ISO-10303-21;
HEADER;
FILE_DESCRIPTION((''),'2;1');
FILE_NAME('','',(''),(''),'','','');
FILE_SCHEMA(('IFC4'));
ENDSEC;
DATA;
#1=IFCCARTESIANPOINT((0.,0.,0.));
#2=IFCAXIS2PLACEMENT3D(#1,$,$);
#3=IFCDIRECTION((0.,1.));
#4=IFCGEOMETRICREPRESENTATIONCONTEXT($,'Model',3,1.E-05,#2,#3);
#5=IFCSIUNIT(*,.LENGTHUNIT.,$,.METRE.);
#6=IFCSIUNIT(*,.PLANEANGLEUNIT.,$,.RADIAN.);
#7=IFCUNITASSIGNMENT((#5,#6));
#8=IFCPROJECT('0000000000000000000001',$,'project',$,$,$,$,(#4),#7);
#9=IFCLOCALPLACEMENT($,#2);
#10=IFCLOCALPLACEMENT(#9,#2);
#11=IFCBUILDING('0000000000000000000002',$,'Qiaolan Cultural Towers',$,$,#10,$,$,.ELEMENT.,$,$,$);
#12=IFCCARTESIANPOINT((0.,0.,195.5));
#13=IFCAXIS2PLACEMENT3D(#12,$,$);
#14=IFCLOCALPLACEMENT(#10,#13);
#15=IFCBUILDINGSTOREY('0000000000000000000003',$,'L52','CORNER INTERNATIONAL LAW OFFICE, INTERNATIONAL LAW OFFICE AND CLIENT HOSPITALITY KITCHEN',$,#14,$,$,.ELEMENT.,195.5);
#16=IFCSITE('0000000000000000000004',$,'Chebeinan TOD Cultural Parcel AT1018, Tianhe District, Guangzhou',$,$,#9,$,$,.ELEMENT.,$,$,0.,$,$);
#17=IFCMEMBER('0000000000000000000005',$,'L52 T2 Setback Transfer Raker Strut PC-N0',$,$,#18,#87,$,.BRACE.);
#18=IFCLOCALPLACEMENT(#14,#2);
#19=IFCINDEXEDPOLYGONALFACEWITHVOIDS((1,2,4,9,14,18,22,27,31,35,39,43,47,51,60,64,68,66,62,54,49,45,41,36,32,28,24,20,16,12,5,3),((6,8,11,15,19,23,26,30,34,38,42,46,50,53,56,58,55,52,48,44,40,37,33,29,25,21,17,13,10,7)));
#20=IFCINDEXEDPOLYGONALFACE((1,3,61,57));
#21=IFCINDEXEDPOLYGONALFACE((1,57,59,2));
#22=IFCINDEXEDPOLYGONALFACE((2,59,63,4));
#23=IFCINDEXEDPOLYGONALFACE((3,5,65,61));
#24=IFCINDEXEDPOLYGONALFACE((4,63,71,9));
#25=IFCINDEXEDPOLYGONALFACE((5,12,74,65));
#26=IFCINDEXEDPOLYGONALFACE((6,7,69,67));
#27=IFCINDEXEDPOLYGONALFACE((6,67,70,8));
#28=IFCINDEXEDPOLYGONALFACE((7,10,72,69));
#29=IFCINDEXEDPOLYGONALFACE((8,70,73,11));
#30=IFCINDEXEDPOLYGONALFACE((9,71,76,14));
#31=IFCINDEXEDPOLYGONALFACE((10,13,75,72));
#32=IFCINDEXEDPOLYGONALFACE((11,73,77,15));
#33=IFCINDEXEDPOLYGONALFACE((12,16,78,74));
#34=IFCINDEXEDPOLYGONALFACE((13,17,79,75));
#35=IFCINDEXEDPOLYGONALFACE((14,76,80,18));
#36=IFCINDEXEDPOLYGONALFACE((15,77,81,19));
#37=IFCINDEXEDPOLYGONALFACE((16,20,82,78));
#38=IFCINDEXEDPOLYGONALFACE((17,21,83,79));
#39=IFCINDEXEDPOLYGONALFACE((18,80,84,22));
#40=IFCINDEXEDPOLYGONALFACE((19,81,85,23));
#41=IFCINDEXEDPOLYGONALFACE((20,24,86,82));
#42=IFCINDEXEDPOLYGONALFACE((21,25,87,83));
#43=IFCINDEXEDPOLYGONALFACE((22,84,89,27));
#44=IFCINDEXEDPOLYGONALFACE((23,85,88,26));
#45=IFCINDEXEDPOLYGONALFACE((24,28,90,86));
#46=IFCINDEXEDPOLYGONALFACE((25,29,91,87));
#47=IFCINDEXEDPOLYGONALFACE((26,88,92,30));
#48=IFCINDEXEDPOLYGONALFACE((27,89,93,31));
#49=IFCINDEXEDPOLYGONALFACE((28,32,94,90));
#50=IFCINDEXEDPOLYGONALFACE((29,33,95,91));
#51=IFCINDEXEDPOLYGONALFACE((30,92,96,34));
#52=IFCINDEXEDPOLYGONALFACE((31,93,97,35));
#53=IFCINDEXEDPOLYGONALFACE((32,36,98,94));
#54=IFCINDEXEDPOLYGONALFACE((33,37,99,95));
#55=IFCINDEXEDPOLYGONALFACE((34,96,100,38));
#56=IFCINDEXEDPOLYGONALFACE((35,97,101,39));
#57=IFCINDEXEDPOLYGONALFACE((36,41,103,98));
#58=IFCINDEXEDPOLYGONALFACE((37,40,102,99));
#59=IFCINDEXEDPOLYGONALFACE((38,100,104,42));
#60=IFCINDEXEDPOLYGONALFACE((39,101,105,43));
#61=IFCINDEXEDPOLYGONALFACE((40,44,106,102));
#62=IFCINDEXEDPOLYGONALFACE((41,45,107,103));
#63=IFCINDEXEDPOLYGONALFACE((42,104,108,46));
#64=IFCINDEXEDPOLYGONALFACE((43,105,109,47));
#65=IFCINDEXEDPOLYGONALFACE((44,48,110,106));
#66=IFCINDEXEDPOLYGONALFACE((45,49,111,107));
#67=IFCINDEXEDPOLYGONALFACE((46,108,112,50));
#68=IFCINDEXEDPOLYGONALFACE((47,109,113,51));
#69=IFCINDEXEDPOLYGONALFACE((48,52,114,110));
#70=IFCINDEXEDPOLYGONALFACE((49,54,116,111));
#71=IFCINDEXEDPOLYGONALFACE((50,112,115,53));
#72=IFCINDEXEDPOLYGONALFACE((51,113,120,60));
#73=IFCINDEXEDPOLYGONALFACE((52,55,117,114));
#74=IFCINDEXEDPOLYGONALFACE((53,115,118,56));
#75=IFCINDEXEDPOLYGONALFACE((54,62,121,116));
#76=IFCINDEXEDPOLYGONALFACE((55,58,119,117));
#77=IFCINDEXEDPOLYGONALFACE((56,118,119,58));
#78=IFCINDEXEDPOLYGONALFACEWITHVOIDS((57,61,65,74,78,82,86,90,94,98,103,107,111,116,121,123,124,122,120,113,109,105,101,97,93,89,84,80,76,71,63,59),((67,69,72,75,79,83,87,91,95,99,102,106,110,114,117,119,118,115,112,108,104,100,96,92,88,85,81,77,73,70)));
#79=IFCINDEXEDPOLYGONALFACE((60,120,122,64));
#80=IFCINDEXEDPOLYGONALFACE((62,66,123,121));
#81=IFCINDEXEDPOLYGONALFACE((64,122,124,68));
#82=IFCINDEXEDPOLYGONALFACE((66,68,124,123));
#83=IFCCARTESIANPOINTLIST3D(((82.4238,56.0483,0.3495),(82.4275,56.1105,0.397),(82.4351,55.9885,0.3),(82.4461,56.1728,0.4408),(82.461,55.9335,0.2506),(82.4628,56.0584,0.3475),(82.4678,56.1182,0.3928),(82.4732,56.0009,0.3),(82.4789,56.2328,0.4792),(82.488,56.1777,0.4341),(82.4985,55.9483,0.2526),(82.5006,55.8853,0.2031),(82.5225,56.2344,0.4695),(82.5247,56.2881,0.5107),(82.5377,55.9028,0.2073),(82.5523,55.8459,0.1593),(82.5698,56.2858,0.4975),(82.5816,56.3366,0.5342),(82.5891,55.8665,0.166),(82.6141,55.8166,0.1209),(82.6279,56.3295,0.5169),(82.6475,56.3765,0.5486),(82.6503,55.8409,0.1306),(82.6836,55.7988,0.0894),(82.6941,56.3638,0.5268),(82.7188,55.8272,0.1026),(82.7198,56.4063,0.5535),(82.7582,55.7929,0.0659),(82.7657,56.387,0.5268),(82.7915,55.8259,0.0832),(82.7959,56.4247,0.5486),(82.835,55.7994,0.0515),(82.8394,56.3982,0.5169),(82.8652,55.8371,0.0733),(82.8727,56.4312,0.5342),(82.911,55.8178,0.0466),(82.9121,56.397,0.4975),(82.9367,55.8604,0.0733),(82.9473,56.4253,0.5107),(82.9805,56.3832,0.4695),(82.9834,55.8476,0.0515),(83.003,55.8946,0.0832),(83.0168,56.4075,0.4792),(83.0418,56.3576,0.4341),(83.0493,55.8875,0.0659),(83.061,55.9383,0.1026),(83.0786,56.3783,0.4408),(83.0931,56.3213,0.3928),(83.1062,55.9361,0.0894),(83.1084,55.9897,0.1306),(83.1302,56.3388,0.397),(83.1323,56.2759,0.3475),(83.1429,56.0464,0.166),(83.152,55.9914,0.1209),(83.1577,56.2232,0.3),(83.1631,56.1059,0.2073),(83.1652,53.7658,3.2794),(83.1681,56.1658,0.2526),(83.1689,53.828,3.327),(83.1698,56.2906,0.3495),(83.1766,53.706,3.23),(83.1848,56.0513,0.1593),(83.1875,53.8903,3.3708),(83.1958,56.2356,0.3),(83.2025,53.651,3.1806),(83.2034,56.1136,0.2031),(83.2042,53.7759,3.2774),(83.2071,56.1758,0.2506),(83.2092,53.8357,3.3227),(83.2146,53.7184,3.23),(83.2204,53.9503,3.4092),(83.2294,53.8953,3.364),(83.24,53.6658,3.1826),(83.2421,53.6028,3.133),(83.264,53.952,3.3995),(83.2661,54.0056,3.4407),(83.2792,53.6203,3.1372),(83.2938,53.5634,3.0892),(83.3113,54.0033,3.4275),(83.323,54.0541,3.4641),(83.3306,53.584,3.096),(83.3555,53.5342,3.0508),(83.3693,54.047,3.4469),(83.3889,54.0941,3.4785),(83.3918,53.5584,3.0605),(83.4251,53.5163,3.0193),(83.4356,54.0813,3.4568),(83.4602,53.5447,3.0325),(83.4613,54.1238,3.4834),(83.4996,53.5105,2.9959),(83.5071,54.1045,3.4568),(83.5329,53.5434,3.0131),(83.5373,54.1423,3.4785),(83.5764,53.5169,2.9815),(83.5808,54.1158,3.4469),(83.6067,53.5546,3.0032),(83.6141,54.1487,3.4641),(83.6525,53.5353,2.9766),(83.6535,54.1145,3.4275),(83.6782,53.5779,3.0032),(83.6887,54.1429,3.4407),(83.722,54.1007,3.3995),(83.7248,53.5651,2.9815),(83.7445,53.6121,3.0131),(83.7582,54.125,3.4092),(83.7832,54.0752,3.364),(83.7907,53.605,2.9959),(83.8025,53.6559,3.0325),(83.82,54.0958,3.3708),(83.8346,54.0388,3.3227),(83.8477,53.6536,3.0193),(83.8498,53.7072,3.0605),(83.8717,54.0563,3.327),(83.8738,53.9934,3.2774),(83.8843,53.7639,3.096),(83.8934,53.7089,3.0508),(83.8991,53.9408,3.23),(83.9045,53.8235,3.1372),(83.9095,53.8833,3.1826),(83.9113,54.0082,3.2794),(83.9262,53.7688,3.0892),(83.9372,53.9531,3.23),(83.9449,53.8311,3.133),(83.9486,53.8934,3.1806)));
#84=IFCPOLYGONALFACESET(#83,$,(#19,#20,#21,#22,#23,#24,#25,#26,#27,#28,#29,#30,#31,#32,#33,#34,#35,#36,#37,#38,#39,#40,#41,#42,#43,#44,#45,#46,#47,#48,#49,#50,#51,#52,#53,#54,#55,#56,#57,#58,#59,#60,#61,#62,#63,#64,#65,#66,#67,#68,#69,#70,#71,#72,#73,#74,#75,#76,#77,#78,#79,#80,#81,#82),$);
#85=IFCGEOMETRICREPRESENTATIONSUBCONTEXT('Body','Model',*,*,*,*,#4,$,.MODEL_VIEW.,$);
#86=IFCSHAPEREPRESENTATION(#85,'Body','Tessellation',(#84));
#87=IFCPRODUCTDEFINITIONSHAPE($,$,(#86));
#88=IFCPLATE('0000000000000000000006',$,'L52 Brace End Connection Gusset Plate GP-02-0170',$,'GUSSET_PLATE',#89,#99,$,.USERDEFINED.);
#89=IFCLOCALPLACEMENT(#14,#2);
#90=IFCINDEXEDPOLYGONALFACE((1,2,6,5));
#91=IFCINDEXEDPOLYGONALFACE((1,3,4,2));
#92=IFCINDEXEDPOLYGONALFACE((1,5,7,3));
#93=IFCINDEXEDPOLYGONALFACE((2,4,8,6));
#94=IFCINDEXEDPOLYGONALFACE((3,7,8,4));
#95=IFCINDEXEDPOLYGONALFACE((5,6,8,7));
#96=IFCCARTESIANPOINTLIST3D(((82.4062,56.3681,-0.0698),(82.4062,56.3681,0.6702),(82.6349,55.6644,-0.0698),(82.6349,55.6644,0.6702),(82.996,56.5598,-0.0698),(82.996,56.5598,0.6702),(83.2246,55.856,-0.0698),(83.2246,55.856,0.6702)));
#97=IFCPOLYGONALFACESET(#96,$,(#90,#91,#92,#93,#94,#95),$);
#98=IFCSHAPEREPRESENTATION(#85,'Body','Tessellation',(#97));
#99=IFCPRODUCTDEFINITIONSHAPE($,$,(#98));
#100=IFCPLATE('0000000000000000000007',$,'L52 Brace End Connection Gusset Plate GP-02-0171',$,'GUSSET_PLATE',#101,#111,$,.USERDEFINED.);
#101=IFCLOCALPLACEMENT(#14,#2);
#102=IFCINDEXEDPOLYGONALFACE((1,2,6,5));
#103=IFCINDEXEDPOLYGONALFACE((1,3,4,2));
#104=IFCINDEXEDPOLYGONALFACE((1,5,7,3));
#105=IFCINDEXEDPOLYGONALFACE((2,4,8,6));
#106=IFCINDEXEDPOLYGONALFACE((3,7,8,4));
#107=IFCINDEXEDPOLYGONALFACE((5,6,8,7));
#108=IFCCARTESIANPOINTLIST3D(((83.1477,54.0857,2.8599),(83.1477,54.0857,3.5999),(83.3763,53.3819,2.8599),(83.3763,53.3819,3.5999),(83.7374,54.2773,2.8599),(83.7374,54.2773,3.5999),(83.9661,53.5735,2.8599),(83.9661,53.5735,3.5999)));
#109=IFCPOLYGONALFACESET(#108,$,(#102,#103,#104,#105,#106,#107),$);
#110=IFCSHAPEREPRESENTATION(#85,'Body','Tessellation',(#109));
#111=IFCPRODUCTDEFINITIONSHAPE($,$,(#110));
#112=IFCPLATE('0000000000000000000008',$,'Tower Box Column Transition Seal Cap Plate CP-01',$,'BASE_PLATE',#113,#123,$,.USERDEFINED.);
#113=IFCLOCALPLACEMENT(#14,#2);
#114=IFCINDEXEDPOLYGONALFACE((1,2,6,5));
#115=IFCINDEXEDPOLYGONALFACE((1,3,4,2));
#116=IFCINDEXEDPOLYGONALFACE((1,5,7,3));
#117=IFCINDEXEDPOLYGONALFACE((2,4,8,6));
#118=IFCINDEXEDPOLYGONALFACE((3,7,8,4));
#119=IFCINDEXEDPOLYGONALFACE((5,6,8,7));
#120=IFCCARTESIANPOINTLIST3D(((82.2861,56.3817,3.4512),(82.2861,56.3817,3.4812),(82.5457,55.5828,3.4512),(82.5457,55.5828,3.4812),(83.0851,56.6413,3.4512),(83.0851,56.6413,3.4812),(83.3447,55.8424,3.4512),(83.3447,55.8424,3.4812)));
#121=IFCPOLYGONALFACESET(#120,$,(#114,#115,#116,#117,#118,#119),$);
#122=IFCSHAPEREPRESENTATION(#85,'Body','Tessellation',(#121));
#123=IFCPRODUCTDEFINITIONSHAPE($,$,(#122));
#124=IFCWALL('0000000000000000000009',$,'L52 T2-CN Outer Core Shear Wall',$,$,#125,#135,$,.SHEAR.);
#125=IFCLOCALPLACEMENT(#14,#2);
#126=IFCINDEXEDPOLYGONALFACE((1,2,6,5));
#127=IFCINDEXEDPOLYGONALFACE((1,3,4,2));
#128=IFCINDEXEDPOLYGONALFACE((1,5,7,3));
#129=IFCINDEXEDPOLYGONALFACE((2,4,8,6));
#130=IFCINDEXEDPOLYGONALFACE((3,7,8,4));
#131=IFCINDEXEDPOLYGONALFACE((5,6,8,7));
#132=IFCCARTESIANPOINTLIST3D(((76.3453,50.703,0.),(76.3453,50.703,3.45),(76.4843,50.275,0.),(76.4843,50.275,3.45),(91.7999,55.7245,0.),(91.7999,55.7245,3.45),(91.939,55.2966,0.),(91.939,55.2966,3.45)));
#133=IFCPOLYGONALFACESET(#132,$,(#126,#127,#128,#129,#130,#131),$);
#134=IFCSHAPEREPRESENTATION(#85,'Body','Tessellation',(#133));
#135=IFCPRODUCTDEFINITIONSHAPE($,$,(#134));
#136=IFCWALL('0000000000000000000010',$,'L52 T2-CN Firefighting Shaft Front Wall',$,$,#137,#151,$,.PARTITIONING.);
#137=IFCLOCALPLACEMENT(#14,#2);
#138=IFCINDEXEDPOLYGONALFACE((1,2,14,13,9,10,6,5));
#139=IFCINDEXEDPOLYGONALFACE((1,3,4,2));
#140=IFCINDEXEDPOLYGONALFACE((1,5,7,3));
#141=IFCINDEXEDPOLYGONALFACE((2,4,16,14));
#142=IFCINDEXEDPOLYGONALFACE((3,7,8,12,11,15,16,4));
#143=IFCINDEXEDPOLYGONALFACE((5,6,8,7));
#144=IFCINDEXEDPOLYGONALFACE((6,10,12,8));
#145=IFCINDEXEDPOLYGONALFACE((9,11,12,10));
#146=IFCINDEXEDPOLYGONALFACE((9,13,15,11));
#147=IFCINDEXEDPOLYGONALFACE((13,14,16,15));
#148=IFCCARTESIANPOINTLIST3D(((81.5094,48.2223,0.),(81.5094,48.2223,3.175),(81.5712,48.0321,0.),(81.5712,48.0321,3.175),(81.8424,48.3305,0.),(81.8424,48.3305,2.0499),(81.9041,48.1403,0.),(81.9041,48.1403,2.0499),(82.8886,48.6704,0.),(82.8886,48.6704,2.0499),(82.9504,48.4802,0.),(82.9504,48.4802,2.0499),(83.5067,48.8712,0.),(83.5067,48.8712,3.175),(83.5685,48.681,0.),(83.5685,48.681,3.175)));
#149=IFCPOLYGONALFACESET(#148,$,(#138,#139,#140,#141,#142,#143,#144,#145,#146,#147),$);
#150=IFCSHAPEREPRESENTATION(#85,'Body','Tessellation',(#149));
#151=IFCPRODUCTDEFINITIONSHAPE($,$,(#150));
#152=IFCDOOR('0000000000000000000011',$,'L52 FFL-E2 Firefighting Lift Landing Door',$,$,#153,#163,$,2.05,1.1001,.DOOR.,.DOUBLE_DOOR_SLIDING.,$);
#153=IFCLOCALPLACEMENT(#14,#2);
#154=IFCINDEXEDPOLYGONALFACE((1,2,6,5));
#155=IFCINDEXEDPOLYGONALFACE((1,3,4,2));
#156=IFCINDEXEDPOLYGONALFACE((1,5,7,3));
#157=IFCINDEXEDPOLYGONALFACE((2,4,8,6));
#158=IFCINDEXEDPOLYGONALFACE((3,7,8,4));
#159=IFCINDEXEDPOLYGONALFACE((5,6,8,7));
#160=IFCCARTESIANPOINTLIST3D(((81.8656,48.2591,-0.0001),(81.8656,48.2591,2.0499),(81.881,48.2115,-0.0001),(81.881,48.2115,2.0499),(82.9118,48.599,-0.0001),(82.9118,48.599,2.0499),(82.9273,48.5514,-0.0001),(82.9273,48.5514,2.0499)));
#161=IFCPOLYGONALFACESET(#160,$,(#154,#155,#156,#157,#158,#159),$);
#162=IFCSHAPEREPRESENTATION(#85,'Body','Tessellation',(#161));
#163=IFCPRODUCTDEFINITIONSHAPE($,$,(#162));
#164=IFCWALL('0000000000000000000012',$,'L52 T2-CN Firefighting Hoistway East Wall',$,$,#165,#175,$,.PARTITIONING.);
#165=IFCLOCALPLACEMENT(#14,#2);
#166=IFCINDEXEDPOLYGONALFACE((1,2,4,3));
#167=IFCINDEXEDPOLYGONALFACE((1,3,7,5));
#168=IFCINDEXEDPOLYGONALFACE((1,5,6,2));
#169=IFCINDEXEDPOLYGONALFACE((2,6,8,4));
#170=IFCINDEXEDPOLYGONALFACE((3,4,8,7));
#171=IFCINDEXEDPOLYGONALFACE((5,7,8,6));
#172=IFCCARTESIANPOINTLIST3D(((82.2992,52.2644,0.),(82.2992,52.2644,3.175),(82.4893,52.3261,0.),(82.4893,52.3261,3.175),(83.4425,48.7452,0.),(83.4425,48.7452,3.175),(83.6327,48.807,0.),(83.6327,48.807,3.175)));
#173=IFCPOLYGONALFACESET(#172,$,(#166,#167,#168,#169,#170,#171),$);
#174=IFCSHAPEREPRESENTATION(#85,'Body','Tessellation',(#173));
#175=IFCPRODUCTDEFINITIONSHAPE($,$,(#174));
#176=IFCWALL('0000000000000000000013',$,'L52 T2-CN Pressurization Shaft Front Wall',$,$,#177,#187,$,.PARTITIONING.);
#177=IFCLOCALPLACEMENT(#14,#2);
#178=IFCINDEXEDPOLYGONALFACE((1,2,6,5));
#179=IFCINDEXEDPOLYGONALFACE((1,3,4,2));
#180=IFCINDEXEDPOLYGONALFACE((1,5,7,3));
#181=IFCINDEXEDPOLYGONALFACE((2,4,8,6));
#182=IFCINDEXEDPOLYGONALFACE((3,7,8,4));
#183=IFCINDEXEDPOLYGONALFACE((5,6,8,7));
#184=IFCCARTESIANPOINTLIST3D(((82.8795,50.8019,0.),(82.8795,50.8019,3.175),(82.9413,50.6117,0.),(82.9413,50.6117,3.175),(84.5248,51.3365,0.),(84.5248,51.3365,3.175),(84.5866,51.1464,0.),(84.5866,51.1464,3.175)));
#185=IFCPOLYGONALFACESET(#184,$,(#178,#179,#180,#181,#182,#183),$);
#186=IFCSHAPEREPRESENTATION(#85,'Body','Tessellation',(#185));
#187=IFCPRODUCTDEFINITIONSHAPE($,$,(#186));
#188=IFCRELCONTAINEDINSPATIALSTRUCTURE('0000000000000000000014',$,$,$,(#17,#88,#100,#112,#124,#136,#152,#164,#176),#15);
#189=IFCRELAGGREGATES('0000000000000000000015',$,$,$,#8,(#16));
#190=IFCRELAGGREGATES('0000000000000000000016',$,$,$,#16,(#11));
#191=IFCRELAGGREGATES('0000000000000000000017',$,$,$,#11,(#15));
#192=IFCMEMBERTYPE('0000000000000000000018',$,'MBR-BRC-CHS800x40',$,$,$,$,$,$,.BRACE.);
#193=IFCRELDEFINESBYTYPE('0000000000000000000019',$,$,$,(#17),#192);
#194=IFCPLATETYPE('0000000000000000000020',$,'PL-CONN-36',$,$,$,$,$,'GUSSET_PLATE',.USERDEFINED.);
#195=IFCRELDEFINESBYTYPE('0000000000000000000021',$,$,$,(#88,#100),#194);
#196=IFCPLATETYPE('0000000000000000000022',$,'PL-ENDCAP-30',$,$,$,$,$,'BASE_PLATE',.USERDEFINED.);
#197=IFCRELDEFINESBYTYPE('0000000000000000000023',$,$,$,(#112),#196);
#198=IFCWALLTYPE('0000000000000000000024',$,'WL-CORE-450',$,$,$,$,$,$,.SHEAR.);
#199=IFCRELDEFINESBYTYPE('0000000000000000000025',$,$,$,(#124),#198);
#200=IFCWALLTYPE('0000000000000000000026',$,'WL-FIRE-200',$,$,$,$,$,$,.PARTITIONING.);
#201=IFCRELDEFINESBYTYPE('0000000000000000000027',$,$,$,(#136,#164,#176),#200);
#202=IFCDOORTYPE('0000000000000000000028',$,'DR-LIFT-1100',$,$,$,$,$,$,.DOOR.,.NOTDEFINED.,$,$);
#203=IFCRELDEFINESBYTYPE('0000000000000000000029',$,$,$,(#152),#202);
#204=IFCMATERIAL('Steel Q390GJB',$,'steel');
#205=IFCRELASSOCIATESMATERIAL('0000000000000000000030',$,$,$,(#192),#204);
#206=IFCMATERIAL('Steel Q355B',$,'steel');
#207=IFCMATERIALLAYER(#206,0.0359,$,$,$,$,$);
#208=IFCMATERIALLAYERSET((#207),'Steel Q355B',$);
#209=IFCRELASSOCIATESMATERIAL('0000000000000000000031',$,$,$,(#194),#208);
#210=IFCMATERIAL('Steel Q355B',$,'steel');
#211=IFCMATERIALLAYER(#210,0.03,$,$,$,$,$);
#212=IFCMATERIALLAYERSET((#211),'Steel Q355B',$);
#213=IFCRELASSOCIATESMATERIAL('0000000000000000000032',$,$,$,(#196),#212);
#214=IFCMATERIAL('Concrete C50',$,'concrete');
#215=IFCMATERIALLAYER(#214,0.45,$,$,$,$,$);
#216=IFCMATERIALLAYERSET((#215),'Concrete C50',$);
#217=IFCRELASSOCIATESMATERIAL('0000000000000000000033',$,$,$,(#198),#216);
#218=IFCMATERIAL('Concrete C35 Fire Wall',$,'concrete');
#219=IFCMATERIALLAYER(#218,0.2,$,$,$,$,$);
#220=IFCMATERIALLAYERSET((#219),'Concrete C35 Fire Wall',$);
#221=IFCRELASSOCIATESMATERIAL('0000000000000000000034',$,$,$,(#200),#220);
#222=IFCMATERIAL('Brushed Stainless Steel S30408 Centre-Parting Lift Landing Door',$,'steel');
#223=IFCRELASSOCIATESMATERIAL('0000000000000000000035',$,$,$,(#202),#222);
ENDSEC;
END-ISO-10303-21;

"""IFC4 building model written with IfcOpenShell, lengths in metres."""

from ifc_helpers import new_model, si_unit, direction, frame, frame_2d, origin, origin_2d, place, context, subcontext, project, spatial, rectangle, hollow_circle, extrude, material, layer, layer_set, material_profile, profile_set, type_object, element, fill, save


model = new_model("IFC4")

# Units and contexts
model_context = context("Model", 3, precision=1e-05, world=origin(), true_north=direction((0.0, 1.0)))
body_context = subcontext(model_context, "Body", "Model", "MODEL_VIEW")
ifc_project = project(units=[si_unit("LENGTHUNIT", "METRE"), si_unit("PLANEANGLEUNIT", "RADIAN")], contexts=[model_context])

# Site, building, storey
site_placement = place(None, origin())
site = spatial("IfcSite", under=ifc_project, at=site_placement, Name="Chebeinan TOD Cultural Parcel AT1018, Tianhe District, Guangzhou", CompositionType="ELEMENT", RefElevation=0.0)
building_placement = place(site_placement, origin())
building = spatial("IfcBuilding", under=site, at=building_placement, Name="Qiaolan Cultural Towers", CompositionType="ELEMENT")
storey_placement = place(building_placement, frame((0.0, 0.0, 195.5)))
storey = spatial("IfcBuildingStorey", under=building, at=storey_placement, Name="L52", Description="CORNER INTERNATIONAL LAW OFFICE, INTERNATIONAL LAW OFFICE AND CLIENT HOSPITALITY KITCHEN", CompositionType="ELEMENT", Elevation=195.5)

# Member
ifc_material_1 = material(Name="Steel Q390GJB", Category="steel")
ifc_material_profile_1 = material_profile(ifc_material_1, hollow_circle(Radius=0.3999, WallThickness=0.04, at=origin_2d()), Name="CHS800x40")
ifc_profile_set_1 = profile_set([ifc_material_profile_1], Name="Steel Q390GJB")
member_type = type_object("IfcMemberType", Name="MBR-BRC-CHS800x40", PredefinedType="BRACE", material=ifc_profile_set_1)
member_placement = place(storey_placement, frame((82.8154, 56.1121, 0.3), z_axis=(0.195772, -0.602658, 0.773612), x_axis=(0.951077, 0.308955, 0.0)))
element("IfcMember", 1, at=member_placement, inside=storey, type_object=member_type, Name="L52 T2 Setback Transfer Raker Strut PC-N0", PredefinedType="BRACE", context=body_context, shape_type="SweptSolid", body=[
    extrude(hollow_circle(Radius=0.3999, WallThickness=0.04, at=origin_2d()), origin(), (0.0, 0.0, 1.0), 3.7874),
])

# Plates
ifc_material_2 = material(Name="Steel Q355B", Category="steel")
ifc_layer_1 = layer(ifc_material_2, 0.0359)
ifc_layer_set_1 = layer_set([ifc_layer_1], Name="Steel Q355B")
plate_type_1 = type_object("IfcPlateType", Name="PL-CONN-36", ElementType="GUSSET_PLATE", PredefinedType="USERDEFINED", material=ifc_layer_set_1)
for number, where, z_axis, x_axis, name in (
    (2, (82.8154, 56.1121, -0.0698), (0.0, 0.0, 1.0), (-0.309017, 0.951057, 0.0), "L52 Brace End Connection Gusset Plate GP-02-0170"),
    (3, (83.5569, 53.8296, 2.8599), (0.0, 0.0, 1.0), (-0.309017, 0.951057, 0.0), "L52 Brace End Connection Gusset Plate GP-02-0171"),
):
    element("IfcPlate", number, at=place(storey_placement, frame(where, z_axis=z_axis, x_axis=x_axis)), inside=storey, type_object=plate_type_1, Name=name, ObjectType="GUSSET_PLATE", PredefinedType="USERDEFINED", context=body_context, shape_type="SweptSolid", body=[
        extrude(rectangle(XDim=0.74, YDim=0.6201, at=origin_2d()), origin(), (0.0, 0.0, 1.0), 0.74),
    ])
ifc_material_3 = material(Name="Steel Q355B", Category="steel")
ifc_layer_2 = layer(ifc_material_3, 0.03)
ifc_layer_set_2 = layer_set([ifc_layer_2], Name="Steel Q355B")
plate_type_2 = type_object("IfcPlateType", Name="PL-ENDCAP-30", ElementType="BASE_PLATE", PredefinedType="USERDEFINED", material=ifc_layer_set_2)
plate_placement = place(storey_placement, frame((82.8154, 56.1121, 3.4512), z_axis=(0.0, 0.0, 1.0), x_axis=(0.951057, 0.309017, 0.0)))
element("IfcPlate", 4, at=plate_placement, inside=storey, type_object=plate_type_2, Name="Tower Box Column Transition Seal Cap Plate CP-01", ObjectType="BASE_PLATE", PredefinedType="USERDEFINED", context=body_context, shape_type="SweptSolid", body=[
    extrude(rectangle(XDim=0.8401, YDim=0.8401, at=origin_2d()), origin(), (0.0, 0.0, 1.0), 0.03),
])

# Wall
ifc_material_4 = material(Name="Concrete C50", Category="concrete")
ifc_layer_3 = layer(ifc_material_4, 0.45)
ifc_layer_set_3 = layer_set([ifc_layer_3], Name="Concrete C50")
wall_type_1 = type_object("IfcWallType", Name="WL-CORE-450", PredefinedType="SHEAR", material=ifc_layer_set_3)
wall_1_placement = place(storey_placement, frame((76.4148, 50.489, 0.0), z_axis=(0.0, 0.0, 1.0), x_axis=(0.951057, 0.309016, 0.0)))
element("IfcWall", 5, at=wall_1_placement, inside=storey, type_object=wall_type_1, Name="L52 T2-CN Outer Core Shear Wall", PredefinedType="SHEAR", context=body_context, shape_type="SweptSolid", body=[
    extrude(rectangle(XDim=16.25, YDim=0.45, at=frame_2d((8.125, 0.0))), origin(), (0.0, 0.0, 1.0), 3.45),
])

# Wall, opening, door
ifc_material_5 = material(Name="Concrete C35 Fire Wall", Category="concrete")
ifc_layer_4 = layer(ifc_material_5, 0.2)
ifc_layer_set_4 = layer_set([ifc_layer_4], Name="Concrete C35 Fire Wall")
wall_type_2 = type_object("IfcWallType", Name="WL-FIRE-200", PredefinedType="PARTITIONING", material=ifc_layer_set_4)
wall_2_placement = place(storey_placement, frame((81.5403, 48.1272, 0.0), z_axis=(0.0, 0.0, 1.0), x_axis=(0.951062, 0.308999, 0.0)))
wall_2 = element("IfcWall", 6, at=wall_2_placement, inside=storey, type_object=wall_type_2, Name="L52 T2-CN Firefighting Shaft Front Wall", PredefinedType="PARTITIONING", context=body_context, shape_type="SweptSolid", body=[
    extrude(rectangle(XDim=2.1001, YDim=0.2, at=frame_2d((1.05, 0.0))), origin(), (0.0, 0.0, 1.0), 3.175),
])
opening_1_placement = place(wall_2_placement, frame((0.3501, 0.0, 0.0)))
opening_1 = element("IfcOpeningElement", 7, at=opening_1_placement, cuts=wall_2, PredefinedType="OPENING", context=body_context, shape_type="SweptSolid", body=[
    extrude(rectangle(XDim=1.1001, YDim=2.05, at=frame_2d((0.55, 1.0249))), frame((0.0, 0.1099, 0.0), z_axis=(0.0, -1.0, 0.0), x_axis=(1.0, 0.0, 0.0)), (0.0, 0.0, 1.0), 0.22),
])
ifc_material_6 = material(Name="Brushed Stainless Steel S30408 Centre-Parting Lift Landing Door", Category="steel")
door_type = type_object("IfcDoorType", Name="DR-LIFT-1100", OperationType="NOTDEFINED", PredefinedType="DOOR", material=ifc_material_6)
door_1_placement = place(opening_1_placement, origin())
door_1 = element("IfcDoor", 8, at=door_1_placement, inside=storey, type_object=door_type, Name="L52 FFL-E2 Firefighting Lift Landing Door", OperationType="DOUBLE_DOOR_SLIDING", OverallHeight=2.05, OverallWidth=1.1001, PredefinedType="DOOR", context=body_context, shape_type="SweptSolid", body=[
    extrude(rectangle(XDim=1.1001, YDim=2.05, at=frame_2d((0.55, 1.0249))), frame((0.0, 0.0249, 0.0), z_axis=(0.0, -1.0, 0.0), x_axis=(1.0, 0.0, 0.0)), (0.0, 0.0, 1.0), 0.05),
])
fill(opening_1, door_1)

# Walls
wall_3_placement = place(storey_placement, frame((83.5376, 48.7761, 0.0), z_axis=(0.0, 0.0, 1.0), x_axis=(-0.308994, 0.951064, 0.0)))
element("IfcWall", 9, at=wall_3_placement, inside=storey, type_object=wall_type_2, Name="L52 T2-CN Firefighting Hoistway East Wall", PredefinedType="PARTITIONING", context=body_context, shape_type="SweptSolid", body=[
    extrude(rectangle(XDim=3.7002, YDim=0.2, at=frame_2d((1.8501, 0.0))), origin(), (0.0, 0.0, 1.0), 3.175),
])
wall_4_placement = place(storey_placement, frame((82.9104, 50.7068, 0.0), z_axis=(0.0, 0.0, 1.0), x_axis=(0.951041, 0.309064, 0.0)))
element("IfcWall", 10, at=wall_4_placement, inside=storey, type_object=wall_type_2, Name="L52 T2-CN Pressurization Shaft Front Wall", PredefinedType="PARTITIONING", context=body_context, shape_type="SweptSolid", body=[
    extrude(rectangle(XDim=1.73, YDim=0.2, at=frame_2d((0.865, 0.0))), origin(), (0.0, 0.0, 1.0), 3.175),
])

save(model, "model.ifc")
